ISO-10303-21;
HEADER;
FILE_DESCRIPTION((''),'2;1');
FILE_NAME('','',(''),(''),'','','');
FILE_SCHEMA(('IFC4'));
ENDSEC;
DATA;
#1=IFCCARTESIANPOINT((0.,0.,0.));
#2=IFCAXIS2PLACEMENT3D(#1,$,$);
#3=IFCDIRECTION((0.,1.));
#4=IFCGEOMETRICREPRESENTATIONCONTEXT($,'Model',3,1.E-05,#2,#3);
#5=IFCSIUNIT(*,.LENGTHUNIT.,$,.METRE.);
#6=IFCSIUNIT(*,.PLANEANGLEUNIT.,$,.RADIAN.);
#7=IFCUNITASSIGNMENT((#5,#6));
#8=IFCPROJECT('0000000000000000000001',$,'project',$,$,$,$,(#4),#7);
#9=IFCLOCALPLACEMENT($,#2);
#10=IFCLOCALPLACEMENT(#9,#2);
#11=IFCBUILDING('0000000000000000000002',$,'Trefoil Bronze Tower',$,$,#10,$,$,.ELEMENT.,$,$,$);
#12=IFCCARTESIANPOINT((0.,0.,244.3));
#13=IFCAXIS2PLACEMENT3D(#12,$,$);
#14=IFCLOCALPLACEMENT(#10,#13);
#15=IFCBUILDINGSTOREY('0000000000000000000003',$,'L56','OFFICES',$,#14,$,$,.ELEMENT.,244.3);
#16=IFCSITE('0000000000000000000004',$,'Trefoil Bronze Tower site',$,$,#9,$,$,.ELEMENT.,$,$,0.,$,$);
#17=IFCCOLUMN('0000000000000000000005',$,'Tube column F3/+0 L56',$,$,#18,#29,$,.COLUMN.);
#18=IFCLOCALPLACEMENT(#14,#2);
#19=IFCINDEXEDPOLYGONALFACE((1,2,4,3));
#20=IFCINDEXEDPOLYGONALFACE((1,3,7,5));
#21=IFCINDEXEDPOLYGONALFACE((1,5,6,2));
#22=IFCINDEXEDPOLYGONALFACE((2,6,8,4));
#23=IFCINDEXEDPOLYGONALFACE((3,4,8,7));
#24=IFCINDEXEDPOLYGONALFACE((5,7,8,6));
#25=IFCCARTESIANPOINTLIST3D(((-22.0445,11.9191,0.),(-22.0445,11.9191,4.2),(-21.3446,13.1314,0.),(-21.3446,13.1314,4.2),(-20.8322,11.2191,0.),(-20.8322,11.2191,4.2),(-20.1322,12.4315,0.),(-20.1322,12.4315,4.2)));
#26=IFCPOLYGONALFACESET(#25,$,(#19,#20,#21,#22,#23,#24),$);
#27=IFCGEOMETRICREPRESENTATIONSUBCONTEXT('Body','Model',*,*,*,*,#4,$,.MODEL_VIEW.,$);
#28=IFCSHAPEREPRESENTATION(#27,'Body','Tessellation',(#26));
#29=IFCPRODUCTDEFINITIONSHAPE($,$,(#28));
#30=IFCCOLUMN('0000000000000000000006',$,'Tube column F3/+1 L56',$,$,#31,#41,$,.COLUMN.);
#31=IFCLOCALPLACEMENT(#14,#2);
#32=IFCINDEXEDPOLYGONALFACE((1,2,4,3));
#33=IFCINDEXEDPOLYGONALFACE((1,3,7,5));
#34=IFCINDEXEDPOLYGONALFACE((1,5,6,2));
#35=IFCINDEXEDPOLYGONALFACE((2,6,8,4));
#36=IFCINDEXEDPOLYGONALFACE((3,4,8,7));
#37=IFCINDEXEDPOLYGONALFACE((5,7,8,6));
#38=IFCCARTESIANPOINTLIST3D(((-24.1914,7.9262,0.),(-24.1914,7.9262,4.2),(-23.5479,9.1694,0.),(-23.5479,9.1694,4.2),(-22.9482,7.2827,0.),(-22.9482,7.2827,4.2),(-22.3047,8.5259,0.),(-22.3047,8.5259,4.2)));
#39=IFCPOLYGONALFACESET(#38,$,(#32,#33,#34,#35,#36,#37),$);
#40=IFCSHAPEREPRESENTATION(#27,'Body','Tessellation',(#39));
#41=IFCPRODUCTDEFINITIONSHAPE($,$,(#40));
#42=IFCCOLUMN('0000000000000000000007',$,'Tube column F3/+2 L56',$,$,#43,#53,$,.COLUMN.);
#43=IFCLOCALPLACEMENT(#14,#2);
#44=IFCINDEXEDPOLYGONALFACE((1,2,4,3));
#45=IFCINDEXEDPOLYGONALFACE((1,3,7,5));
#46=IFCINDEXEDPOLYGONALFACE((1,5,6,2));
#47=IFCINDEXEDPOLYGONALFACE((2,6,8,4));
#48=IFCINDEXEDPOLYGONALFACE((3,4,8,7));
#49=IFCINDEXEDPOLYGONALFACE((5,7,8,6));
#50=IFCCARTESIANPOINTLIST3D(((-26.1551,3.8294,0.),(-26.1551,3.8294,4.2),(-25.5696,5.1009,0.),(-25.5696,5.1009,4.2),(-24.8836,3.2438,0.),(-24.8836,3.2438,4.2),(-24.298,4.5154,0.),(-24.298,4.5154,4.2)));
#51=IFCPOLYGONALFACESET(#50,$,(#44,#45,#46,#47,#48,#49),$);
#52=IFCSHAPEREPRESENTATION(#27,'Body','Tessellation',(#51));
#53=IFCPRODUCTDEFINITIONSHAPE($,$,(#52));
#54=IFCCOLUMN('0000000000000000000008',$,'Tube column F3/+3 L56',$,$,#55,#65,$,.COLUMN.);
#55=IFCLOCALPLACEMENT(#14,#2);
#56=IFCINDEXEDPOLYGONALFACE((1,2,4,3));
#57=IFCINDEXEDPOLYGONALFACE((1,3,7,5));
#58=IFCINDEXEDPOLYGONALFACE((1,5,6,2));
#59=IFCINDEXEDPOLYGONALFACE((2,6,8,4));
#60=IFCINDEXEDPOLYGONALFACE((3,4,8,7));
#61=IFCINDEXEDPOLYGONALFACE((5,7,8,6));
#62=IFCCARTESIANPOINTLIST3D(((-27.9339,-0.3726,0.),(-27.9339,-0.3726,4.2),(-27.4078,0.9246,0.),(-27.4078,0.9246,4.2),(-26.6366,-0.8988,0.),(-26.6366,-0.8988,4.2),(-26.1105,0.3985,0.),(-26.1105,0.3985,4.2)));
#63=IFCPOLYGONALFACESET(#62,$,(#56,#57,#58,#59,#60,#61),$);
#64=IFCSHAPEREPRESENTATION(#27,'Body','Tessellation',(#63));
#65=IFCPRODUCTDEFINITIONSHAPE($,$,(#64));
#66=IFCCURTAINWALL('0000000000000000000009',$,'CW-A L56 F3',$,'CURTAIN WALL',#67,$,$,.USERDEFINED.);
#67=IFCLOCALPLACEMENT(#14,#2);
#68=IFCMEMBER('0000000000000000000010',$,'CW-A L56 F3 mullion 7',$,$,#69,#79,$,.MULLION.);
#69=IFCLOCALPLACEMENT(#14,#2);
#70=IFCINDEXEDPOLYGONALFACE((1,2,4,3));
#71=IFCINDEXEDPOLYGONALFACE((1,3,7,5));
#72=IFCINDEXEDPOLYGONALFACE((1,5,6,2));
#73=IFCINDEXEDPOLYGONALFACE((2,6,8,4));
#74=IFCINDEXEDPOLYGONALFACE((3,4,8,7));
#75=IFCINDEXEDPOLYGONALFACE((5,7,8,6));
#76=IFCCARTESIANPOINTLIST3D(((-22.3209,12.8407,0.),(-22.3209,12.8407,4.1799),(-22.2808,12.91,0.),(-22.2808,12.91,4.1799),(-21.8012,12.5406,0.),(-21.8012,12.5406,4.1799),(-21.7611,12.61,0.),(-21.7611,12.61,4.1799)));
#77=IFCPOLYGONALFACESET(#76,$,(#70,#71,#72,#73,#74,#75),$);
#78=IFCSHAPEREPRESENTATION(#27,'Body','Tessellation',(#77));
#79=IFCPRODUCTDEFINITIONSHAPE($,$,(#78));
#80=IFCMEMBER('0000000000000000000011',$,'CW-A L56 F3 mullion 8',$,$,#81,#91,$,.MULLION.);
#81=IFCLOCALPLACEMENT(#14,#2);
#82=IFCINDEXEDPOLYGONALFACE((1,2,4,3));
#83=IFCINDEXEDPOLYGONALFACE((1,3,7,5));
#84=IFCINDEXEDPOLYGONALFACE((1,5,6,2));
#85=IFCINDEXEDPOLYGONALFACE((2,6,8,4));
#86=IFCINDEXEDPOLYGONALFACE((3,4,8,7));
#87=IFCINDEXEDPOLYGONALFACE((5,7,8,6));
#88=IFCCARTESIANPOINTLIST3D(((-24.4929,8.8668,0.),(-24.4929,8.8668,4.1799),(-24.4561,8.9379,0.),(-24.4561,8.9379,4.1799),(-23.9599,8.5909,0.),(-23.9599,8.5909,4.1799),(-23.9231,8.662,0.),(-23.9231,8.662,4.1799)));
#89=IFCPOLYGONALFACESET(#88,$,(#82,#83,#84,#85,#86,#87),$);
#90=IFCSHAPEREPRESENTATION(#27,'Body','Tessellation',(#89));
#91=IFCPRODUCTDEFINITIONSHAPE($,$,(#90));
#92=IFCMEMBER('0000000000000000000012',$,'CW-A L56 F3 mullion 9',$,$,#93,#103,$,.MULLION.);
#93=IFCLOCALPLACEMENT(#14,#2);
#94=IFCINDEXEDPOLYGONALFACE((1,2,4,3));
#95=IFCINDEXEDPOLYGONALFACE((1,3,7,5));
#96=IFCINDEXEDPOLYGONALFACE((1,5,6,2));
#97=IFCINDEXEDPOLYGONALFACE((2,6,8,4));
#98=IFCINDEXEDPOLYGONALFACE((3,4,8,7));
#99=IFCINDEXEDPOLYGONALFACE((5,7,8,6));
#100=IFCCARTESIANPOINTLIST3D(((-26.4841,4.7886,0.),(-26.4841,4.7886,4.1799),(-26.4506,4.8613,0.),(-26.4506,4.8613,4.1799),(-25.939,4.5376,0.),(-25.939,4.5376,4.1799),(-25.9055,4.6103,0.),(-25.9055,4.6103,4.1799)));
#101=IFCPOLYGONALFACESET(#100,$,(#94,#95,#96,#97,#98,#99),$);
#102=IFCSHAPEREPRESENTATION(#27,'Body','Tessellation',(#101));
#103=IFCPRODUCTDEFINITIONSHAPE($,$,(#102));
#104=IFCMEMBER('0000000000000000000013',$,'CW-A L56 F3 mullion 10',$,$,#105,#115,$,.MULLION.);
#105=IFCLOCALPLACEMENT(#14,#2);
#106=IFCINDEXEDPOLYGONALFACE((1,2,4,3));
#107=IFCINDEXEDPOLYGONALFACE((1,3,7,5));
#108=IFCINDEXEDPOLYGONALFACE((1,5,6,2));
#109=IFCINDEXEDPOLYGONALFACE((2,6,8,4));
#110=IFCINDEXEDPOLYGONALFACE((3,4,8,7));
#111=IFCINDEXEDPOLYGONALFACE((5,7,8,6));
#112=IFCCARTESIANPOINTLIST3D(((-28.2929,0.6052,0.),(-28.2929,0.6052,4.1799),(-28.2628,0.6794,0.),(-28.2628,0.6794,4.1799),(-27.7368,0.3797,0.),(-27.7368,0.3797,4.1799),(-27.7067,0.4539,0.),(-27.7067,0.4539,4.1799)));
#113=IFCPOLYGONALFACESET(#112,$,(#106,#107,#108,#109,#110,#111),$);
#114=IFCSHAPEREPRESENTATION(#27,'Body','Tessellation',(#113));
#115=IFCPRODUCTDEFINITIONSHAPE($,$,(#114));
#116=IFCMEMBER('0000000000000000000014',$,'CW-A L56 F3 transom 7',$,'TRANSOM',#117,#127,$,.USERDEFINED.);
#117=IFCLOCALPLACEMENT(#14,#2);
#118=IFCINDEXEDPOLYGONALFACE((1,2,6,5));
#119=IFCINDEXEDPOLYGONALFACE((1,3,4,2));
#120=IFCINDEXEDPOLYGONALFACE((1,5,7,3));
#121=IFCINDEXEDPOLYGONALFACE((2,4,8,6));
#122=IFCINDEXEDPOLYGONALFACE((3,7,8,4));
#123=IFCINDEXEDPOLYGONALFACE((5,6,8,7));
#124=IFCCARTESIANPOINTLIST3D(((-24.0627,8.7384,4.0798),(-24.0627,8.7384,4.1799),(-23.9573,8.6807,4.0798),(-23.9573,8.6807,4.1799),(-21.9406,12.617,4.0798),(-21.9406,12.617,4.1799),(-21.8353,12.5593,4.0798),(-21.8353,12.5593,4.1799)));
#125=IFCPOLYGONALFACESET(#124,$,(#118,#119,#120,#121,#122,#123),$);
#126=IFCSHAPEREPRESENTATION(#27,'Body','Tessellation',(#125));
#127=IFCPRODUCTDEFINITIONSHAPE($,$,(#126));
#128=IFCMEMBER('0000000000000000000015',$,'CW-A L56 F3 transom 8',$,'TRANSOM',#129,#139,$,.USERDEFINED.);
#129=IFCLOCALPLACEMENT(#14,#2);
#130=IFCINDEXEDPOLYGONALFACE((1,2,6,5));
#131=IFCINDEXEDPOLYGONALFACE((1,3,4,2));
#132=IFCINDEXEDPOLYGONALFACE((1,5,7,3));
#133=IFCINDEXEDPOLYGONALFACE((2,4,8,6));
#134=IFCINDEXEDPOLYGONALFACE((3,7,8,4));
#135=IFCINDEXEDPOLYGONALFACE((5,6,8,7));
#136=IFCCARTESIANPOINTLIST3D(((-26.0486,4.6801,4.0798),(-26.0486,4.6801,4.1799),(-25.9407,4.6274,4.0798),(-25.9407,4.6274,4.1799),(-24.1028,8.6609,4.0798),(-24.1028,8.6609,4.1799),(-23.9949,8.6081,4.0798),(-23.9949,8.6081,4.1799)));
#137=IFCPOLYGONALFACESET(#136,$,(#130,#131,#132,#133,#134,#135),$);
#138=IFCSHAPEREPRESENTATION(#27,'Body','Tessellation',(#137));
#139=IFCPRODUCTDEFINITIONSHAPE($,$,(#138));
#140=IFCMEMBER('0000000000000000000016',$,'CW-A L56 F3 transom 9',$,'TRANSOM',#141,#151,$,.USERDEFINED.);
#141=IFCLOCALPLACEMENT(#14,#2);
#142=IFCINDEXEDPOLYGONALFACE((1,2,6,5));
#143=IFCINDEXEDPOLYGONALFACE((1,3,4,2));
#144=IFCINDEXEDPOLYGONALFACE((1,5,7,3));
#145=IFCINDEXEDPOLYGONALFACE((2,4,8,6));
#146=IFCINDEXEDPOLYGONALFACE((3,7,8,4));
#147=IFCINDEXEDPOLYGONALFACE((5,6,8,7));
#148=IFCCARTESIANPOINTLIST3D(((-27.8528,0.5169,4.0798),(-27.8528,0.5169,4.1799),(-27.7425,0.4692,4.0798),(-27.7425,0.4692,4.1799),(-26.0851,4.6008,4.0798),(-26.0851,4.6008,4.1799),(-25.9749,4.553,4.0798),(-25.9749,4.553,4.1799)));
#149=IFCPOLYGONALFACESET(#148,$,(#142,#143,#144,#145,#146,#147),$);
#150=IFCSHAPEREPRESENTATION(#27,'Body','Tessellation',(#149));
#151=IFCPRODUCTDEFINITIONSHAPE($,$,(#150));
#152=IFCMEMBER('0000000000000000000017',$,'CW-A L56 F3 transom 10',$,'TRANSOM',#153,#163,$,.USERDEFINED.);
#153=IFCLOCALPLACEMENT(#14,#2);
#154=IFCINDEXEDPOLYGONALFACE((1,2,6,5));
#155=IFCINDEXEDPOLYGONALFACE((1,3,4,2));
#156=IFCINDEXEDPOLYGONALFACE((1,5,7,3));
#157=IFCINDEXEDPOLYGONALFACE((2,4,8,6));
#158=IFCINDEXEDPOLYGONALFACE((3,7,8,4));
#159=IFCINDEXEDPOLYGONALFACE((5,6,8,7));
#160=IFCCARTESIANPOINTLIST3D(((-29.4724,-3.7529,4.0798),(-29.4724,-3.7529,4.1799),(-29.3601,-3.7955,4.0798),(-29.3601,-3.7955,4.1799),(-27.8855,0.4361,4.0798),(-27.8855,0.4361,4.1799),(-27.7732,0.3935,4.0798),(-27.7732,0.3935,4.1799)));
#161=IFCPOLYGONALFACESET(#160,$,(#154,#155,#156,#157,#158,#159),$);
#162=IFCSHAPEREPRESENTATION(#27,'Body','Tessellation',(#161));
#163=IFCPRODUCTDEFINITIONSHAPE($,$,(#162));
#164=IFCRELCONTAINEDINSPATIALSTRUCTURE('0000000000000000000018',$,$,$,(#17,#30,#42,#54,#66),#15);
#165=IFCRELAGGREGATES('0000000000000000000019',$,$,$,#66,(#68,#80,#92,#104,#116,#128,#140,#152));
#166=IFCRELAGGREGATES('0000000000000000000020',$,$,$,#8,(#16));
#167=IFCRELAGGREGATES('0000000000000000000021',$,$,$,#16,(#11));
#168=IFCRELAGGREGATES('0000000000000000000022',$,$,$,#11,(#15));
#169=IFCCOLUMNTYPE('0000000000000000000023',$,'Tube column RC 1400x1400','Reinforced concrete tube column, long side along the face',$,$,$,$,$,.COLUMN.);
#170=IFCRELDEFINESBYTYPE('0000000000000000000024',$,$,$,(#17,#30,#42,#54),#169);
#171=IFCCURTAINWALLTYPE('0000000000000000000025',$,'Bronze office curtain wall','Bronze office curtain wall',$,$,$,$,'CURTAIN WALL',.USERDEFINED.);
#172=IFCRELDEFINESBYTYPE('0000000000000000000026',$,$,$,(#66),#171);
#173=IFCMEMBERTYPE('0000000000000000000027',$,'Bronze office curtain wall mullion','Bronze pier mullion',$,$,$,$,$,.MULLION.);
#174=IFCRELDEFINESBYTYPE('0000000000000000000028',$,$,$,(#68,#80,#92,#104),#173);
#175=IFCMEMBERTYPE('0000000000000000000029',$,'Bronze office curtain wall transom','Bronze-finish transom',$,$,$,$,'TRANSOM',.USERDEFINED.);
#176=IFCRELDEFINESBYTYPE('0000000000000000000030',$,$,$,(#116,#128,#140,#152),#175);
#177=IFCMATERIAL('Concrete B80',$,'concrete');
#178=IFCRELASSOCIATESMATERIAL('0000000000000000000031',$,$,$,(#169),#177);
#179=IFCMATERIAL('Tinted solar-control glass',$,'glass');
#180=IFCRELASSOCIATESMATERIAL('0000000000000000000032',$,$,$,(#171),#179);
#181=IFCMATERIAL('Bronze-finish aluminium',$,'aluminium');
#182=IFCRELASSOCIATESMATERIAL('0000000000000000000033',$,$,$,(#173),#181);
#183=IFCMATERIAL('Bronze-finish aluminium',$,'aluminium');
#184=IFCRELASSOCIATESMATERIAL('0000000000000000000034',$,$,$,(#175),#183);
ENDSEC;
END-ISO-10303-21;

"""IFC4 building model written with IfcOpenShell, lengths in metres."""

from ifc_helpers import new_model, si_unit, direction, frame, origin, origin_2d, place, context, subcontext, project, spatial, rectangle, extrude, material, material_profile, profile_set, type_object, element, aggregate, save


model = new_model("IFC4")

# Units and contexts
model_context = context("Model", 3, precision=1e-05, world=origin(), true_north=direction((0.0, 1.0)))
body_context = subcontext(model_context, "Body", "Model", "MODEL_VIEW")
ifc_project = project(units=[si_unit("LENGTHUNIT", "METRE"), si_unit("PLANEANGLEUNIT", "RADIAN")], contexts=[model_context])

# Site, building, storey
site_placement = place(None, origin())
site = spatial("IfcSite", under=ifc_project, at=site_placement, Name="Trefoil Bronze Tower site", CompositionType="ELEMENT", RefElevation=0.0)
building_placement = place(site_placement, origin())
building = spatial("IfcBuilding", under=site, at=building_placement, Name="Trefoil Bronze Tower", CompositionType="ELEMENT")
storey_placement = place(building_placement, frame((0.0, 0.0, 244.3)))
storey = spatial("IfcBuildingStorey", under=building, at=storey_placement, Name="L56", Description="OFFICES", CompositionType="ELEMENT", Elevation=244.3)

# Columns
ifc_material_1 = material(Name="Concrete B80", Category="concrete")
ifc_material_profile_1 = material_profile(ifc_material_1, rectangle(XDim=1.3999, YDim=1.3999, at=origin_2d()), Name="RC 1400x1400")
ifc_profile_set_1 = profile_set([ifc_material_profile_1], Name="Concrete B80")
column_type = type_object("IfcColumnType", Name="Tube column RC 1400x1400", Description="Reinforced concrete tube column, long side along the face", PredefinedType="COLUMN", material=ifc_profile_set_1)
for number, where, z_axis, x_axis, name in (
    (1, (-21.0884, 12.1753, 0.0), (0.0, 0.0, 1.0), (-0.5, -0.866025, 0.0), "Tube column F3/+0 L56"),
    (2, (-23.248, 8.2261, 0.0), (0.0, 0.0, 1.0), (-0.459673, -0.888088, 0.0), "Tube column F3/+1 L56"),
    (3, (-25.2266, 4.1724, 0.0), (0.0, 0.0, 1.0), (-0.418286, -0.908315, 0.0), "Tube column F3/+2 L56"),
    (4, (-27.0222, 0.0129, 0.0), (0.0, 0.0, 1.0), (-0.375828, -0.926689, 0.0), "Tube column F3/+3 L56"),
):
    element("IfcColumn", number, at=place(storey_placement, frame(where, z_axis=z_axis, x_axis=x_axis)), inside=storey, type_object=column_type, Name=name, PredefinedType="COLUMN", context=body_context, shape_type="SweptSolid", body=[
        extrude(rectangle(XDim=1.3999, YDim=1.3999, at=origin_2d()), origin(), (0.0, 0.0, 1.0), 4.2),
    ])

# Curtain wall, members
ifc_material_2 = material(Name="Tinted solar-control glass", Category="glass")
curtain_wall_type = type_object("IfcCurtainWallType", Name="Bronze office curtain wall", Description="Bronze office curtain wall", ElementType="CURTAIN WALL", PredefinedType="USERDEFINED", material=ifc_material_2)
curtain_wall_placement = place(storey_placement, origin())
curtain_wall = element("IfcCurtainWall", 5, at=curtain_wall_placement, inside=storey, type_object=curtain_wall_type, Name="CW-A L56 F3", ObjectType="CURTAIN WALL", PredefinedType="USERDEFINED")
ifc_material_3 = material(Name="Bronze-finish aluminium", Category="aluminium")
ifc_material_profile_2 = material_profile(ifc_material_3, rectangle(XDim=0.6001, YDim=0.0801, at=origin_2d()), Name="CW-A mullion")
ifc_profile_set_2 = profile_set([ifc_material_profile_2], Name="Bronze-finish aluminium")
member_type_1 = type_object("IfcMemberType", Name="Bronze office curtain wall mullion", Description="Bronze pier mullion", PredefinedType="MULLION", material=ifc_profile_set_2)
member_1_placement = place(storey_placement, frame((-22.041, 12.7253, 0.0), z_axis=(0.0, 0.0, 1.0), x_axis=(0.866025, -0.5, 0.0)))
member_1 = element("IfcMember", 6, at=member_1_placement, type_object=member_type_1, Name="CW-A L56 F3 mullion 7", PredefinedType="MULLION", context=body_context, shape_type="SweptSolid", body=[
    extrude(rectangle(XDim=0.6001, YDim=0.0801, at=origin_2d()), origin(), (0.0, 0.0, 1.0), 4.1799),
])
member_2_placement = place(storey_placement, frame((-24.208, 8.7644, 0.0), z_axis=(0.0, 0.0, 1.0), x_axis=(0.888088, -0.459673, 0.0)))
member_2 = element("IfcMember", 7, at=member_2_placement, type_object=member_type_1, Name="CW-A L56 F3 mullion 8", PredefinedType="MULLION", context=body_context, shape_type="SweptSolid", body=[
    extrude(rectangle(XDim=0.6001, YDim=0.0801, at=origin_2d()), origin(), (0.0, 0.0, 1.0), 4.1799),
])
member_3_placement = place(storey_placement, frame((-26.1948, 4.6995, 0.0), z_axis=(0.0, 0.0, 1.0), x_axis=(0.908315, -0.418286, 0.0)))
member_3 = element("IfcMember", 8, at=member_3_placement, type_object=member_type_1, Name="CW-A L56 F3 mullion 9", PredefinedType="MULLION", context=body_context, shape_type="SweptSolid", body=[
    extrude(rectangle(XDim=0.6001, YDim=0.0801, at=origin_2d()), origin(), (0.0, 0.0, 1.0), 4.1799),
])
member_4_placement = place(storey_placement, frame((-27.9998, 0.5295, 0.0), z_axis=(0.0, 0.0, 1.0), x_axis=(0.926689, -0.375828, 0.0)))
member_4 = element("IfcMember", 9, at=member_4_placement, type_object=member_type_1, Name="CW-A L56 F3 mullion 10", PredefinedType="MULLION", context=body_context, shape_type="SweptSolid", body=[
    extrude(rectangle(XDim=0.6001, YDim=0.0801, at=origin_2d()), origin(), (0.0, 0.0, 1.0), 4.1799),
])
ifc_material_4 = material(Name="Bronze-finish aluminium", Category="aluminium")
ifc_material_profile_3 = material_profile(ifc_material_4, rectangle(XDim=0.1201, YDim=0.1001, at=origin_2d()), Name="CW-A transom")
ifc_profile_set_3 = profile_set([ifc_material_profile_3], Name="Bronze-finish aluminium")
member_type_2 = type_object("IfcMemberType", Name="Bronze office curtain wall transom", Description="Bronze-finish transom", ElementType="TRANSOM", PredefinedType="USERDEFINED", material=ifc_profile_set_3)
member_5_placement = place(storey_placement, frame((-21.8879, 12.5881, 4.1299), z_axis=(-0.479974, -0.877283, 0.0), x_axis=(0.877283, -0.479974, 0.0)))
member_5 = element("IfcMember", 10, at=member_5_placement, type_object=member_type_2, Name="CW-A L56 F3 transom 7", ObjectType="TRANSOM", PredefinedType="USERDEFINED", context=body_context, shape_type="SweptSolid", body=[
    extrude(rectangle(XDim=0.1201, YDim=0.1001, at=origin_2d()), origin(), (0.0, 0.0, 1.0), 4.4211),
])
member_6_placement = place(storey_placement, frame((-24.0488, 8.6345, 4.1299), z_axis=(-0.439151, -0.898413, 0.0), x_axis=(0.898413, -0.439151, 0.0)))
member_6 = element("IfcMember", 11, at=member_6_placement, type_object=member_type_2, Name="CW-A L56 F3 transom 8", ObjectType="TRANSOM", PredefinedType="USERDEFINED", context=body_context, shape_type="SweptSolid", body=[
    extrude(rectangle(XDim=0.1201, YDim=0.1001, at=origin_2d()), origin(), (0.0, 0.0, 1.0), 4.4309),
])
member_7_placement = place(storey_placement, frame((-26.03, 4.5769, 4.1299), z_axis=(-0.397221, -0.917723, 0.0), x_axis=(0.917723, -0.397221, 0.0)))
member_7 = element("IfcMember", 12, at=member_7_placement, type_object=member_type_2, Name="CW-A L56 F3 transom 9", ObjectType="TRANSOM", PredefinedType="USERDEFINED", context=body_context, shape_type="SweptSolid", body=[
    extrude(rectangle(XDim=0.1201, YDim=0.1001, at=origin_2d()), origin(), (0.0, 0.0, 1.0), 4.45),
])
member_8_placement = place(storey_placement, frame((-27.8293, 0.4148, 4.1299), z_axis=(-0.354263, -0.935146, 0.0), x_axis=(0.935146, -0.354263, 0.0)))
member_8 = element("IfcMember", 13, at=member_8_placement, type_object=member_type_2, Name="CW-A L56 F3 transom 10", ObjectType="TRANSOM", PredefinedType="USERDEFINED", context=body_context, shape_type="SweptSolid", body=[
    extrude(rectangle(XDim=0.1201, YDim=0.1001, at=origin_2d()), origin(), (0.0, 0.0, 1.0), 4.4795),
])

aggregate(curtain_wall, [member_1, member_2, member_3, member_4, member_5, member_6, member_7, member_8])

save(model, "model.ifc")
